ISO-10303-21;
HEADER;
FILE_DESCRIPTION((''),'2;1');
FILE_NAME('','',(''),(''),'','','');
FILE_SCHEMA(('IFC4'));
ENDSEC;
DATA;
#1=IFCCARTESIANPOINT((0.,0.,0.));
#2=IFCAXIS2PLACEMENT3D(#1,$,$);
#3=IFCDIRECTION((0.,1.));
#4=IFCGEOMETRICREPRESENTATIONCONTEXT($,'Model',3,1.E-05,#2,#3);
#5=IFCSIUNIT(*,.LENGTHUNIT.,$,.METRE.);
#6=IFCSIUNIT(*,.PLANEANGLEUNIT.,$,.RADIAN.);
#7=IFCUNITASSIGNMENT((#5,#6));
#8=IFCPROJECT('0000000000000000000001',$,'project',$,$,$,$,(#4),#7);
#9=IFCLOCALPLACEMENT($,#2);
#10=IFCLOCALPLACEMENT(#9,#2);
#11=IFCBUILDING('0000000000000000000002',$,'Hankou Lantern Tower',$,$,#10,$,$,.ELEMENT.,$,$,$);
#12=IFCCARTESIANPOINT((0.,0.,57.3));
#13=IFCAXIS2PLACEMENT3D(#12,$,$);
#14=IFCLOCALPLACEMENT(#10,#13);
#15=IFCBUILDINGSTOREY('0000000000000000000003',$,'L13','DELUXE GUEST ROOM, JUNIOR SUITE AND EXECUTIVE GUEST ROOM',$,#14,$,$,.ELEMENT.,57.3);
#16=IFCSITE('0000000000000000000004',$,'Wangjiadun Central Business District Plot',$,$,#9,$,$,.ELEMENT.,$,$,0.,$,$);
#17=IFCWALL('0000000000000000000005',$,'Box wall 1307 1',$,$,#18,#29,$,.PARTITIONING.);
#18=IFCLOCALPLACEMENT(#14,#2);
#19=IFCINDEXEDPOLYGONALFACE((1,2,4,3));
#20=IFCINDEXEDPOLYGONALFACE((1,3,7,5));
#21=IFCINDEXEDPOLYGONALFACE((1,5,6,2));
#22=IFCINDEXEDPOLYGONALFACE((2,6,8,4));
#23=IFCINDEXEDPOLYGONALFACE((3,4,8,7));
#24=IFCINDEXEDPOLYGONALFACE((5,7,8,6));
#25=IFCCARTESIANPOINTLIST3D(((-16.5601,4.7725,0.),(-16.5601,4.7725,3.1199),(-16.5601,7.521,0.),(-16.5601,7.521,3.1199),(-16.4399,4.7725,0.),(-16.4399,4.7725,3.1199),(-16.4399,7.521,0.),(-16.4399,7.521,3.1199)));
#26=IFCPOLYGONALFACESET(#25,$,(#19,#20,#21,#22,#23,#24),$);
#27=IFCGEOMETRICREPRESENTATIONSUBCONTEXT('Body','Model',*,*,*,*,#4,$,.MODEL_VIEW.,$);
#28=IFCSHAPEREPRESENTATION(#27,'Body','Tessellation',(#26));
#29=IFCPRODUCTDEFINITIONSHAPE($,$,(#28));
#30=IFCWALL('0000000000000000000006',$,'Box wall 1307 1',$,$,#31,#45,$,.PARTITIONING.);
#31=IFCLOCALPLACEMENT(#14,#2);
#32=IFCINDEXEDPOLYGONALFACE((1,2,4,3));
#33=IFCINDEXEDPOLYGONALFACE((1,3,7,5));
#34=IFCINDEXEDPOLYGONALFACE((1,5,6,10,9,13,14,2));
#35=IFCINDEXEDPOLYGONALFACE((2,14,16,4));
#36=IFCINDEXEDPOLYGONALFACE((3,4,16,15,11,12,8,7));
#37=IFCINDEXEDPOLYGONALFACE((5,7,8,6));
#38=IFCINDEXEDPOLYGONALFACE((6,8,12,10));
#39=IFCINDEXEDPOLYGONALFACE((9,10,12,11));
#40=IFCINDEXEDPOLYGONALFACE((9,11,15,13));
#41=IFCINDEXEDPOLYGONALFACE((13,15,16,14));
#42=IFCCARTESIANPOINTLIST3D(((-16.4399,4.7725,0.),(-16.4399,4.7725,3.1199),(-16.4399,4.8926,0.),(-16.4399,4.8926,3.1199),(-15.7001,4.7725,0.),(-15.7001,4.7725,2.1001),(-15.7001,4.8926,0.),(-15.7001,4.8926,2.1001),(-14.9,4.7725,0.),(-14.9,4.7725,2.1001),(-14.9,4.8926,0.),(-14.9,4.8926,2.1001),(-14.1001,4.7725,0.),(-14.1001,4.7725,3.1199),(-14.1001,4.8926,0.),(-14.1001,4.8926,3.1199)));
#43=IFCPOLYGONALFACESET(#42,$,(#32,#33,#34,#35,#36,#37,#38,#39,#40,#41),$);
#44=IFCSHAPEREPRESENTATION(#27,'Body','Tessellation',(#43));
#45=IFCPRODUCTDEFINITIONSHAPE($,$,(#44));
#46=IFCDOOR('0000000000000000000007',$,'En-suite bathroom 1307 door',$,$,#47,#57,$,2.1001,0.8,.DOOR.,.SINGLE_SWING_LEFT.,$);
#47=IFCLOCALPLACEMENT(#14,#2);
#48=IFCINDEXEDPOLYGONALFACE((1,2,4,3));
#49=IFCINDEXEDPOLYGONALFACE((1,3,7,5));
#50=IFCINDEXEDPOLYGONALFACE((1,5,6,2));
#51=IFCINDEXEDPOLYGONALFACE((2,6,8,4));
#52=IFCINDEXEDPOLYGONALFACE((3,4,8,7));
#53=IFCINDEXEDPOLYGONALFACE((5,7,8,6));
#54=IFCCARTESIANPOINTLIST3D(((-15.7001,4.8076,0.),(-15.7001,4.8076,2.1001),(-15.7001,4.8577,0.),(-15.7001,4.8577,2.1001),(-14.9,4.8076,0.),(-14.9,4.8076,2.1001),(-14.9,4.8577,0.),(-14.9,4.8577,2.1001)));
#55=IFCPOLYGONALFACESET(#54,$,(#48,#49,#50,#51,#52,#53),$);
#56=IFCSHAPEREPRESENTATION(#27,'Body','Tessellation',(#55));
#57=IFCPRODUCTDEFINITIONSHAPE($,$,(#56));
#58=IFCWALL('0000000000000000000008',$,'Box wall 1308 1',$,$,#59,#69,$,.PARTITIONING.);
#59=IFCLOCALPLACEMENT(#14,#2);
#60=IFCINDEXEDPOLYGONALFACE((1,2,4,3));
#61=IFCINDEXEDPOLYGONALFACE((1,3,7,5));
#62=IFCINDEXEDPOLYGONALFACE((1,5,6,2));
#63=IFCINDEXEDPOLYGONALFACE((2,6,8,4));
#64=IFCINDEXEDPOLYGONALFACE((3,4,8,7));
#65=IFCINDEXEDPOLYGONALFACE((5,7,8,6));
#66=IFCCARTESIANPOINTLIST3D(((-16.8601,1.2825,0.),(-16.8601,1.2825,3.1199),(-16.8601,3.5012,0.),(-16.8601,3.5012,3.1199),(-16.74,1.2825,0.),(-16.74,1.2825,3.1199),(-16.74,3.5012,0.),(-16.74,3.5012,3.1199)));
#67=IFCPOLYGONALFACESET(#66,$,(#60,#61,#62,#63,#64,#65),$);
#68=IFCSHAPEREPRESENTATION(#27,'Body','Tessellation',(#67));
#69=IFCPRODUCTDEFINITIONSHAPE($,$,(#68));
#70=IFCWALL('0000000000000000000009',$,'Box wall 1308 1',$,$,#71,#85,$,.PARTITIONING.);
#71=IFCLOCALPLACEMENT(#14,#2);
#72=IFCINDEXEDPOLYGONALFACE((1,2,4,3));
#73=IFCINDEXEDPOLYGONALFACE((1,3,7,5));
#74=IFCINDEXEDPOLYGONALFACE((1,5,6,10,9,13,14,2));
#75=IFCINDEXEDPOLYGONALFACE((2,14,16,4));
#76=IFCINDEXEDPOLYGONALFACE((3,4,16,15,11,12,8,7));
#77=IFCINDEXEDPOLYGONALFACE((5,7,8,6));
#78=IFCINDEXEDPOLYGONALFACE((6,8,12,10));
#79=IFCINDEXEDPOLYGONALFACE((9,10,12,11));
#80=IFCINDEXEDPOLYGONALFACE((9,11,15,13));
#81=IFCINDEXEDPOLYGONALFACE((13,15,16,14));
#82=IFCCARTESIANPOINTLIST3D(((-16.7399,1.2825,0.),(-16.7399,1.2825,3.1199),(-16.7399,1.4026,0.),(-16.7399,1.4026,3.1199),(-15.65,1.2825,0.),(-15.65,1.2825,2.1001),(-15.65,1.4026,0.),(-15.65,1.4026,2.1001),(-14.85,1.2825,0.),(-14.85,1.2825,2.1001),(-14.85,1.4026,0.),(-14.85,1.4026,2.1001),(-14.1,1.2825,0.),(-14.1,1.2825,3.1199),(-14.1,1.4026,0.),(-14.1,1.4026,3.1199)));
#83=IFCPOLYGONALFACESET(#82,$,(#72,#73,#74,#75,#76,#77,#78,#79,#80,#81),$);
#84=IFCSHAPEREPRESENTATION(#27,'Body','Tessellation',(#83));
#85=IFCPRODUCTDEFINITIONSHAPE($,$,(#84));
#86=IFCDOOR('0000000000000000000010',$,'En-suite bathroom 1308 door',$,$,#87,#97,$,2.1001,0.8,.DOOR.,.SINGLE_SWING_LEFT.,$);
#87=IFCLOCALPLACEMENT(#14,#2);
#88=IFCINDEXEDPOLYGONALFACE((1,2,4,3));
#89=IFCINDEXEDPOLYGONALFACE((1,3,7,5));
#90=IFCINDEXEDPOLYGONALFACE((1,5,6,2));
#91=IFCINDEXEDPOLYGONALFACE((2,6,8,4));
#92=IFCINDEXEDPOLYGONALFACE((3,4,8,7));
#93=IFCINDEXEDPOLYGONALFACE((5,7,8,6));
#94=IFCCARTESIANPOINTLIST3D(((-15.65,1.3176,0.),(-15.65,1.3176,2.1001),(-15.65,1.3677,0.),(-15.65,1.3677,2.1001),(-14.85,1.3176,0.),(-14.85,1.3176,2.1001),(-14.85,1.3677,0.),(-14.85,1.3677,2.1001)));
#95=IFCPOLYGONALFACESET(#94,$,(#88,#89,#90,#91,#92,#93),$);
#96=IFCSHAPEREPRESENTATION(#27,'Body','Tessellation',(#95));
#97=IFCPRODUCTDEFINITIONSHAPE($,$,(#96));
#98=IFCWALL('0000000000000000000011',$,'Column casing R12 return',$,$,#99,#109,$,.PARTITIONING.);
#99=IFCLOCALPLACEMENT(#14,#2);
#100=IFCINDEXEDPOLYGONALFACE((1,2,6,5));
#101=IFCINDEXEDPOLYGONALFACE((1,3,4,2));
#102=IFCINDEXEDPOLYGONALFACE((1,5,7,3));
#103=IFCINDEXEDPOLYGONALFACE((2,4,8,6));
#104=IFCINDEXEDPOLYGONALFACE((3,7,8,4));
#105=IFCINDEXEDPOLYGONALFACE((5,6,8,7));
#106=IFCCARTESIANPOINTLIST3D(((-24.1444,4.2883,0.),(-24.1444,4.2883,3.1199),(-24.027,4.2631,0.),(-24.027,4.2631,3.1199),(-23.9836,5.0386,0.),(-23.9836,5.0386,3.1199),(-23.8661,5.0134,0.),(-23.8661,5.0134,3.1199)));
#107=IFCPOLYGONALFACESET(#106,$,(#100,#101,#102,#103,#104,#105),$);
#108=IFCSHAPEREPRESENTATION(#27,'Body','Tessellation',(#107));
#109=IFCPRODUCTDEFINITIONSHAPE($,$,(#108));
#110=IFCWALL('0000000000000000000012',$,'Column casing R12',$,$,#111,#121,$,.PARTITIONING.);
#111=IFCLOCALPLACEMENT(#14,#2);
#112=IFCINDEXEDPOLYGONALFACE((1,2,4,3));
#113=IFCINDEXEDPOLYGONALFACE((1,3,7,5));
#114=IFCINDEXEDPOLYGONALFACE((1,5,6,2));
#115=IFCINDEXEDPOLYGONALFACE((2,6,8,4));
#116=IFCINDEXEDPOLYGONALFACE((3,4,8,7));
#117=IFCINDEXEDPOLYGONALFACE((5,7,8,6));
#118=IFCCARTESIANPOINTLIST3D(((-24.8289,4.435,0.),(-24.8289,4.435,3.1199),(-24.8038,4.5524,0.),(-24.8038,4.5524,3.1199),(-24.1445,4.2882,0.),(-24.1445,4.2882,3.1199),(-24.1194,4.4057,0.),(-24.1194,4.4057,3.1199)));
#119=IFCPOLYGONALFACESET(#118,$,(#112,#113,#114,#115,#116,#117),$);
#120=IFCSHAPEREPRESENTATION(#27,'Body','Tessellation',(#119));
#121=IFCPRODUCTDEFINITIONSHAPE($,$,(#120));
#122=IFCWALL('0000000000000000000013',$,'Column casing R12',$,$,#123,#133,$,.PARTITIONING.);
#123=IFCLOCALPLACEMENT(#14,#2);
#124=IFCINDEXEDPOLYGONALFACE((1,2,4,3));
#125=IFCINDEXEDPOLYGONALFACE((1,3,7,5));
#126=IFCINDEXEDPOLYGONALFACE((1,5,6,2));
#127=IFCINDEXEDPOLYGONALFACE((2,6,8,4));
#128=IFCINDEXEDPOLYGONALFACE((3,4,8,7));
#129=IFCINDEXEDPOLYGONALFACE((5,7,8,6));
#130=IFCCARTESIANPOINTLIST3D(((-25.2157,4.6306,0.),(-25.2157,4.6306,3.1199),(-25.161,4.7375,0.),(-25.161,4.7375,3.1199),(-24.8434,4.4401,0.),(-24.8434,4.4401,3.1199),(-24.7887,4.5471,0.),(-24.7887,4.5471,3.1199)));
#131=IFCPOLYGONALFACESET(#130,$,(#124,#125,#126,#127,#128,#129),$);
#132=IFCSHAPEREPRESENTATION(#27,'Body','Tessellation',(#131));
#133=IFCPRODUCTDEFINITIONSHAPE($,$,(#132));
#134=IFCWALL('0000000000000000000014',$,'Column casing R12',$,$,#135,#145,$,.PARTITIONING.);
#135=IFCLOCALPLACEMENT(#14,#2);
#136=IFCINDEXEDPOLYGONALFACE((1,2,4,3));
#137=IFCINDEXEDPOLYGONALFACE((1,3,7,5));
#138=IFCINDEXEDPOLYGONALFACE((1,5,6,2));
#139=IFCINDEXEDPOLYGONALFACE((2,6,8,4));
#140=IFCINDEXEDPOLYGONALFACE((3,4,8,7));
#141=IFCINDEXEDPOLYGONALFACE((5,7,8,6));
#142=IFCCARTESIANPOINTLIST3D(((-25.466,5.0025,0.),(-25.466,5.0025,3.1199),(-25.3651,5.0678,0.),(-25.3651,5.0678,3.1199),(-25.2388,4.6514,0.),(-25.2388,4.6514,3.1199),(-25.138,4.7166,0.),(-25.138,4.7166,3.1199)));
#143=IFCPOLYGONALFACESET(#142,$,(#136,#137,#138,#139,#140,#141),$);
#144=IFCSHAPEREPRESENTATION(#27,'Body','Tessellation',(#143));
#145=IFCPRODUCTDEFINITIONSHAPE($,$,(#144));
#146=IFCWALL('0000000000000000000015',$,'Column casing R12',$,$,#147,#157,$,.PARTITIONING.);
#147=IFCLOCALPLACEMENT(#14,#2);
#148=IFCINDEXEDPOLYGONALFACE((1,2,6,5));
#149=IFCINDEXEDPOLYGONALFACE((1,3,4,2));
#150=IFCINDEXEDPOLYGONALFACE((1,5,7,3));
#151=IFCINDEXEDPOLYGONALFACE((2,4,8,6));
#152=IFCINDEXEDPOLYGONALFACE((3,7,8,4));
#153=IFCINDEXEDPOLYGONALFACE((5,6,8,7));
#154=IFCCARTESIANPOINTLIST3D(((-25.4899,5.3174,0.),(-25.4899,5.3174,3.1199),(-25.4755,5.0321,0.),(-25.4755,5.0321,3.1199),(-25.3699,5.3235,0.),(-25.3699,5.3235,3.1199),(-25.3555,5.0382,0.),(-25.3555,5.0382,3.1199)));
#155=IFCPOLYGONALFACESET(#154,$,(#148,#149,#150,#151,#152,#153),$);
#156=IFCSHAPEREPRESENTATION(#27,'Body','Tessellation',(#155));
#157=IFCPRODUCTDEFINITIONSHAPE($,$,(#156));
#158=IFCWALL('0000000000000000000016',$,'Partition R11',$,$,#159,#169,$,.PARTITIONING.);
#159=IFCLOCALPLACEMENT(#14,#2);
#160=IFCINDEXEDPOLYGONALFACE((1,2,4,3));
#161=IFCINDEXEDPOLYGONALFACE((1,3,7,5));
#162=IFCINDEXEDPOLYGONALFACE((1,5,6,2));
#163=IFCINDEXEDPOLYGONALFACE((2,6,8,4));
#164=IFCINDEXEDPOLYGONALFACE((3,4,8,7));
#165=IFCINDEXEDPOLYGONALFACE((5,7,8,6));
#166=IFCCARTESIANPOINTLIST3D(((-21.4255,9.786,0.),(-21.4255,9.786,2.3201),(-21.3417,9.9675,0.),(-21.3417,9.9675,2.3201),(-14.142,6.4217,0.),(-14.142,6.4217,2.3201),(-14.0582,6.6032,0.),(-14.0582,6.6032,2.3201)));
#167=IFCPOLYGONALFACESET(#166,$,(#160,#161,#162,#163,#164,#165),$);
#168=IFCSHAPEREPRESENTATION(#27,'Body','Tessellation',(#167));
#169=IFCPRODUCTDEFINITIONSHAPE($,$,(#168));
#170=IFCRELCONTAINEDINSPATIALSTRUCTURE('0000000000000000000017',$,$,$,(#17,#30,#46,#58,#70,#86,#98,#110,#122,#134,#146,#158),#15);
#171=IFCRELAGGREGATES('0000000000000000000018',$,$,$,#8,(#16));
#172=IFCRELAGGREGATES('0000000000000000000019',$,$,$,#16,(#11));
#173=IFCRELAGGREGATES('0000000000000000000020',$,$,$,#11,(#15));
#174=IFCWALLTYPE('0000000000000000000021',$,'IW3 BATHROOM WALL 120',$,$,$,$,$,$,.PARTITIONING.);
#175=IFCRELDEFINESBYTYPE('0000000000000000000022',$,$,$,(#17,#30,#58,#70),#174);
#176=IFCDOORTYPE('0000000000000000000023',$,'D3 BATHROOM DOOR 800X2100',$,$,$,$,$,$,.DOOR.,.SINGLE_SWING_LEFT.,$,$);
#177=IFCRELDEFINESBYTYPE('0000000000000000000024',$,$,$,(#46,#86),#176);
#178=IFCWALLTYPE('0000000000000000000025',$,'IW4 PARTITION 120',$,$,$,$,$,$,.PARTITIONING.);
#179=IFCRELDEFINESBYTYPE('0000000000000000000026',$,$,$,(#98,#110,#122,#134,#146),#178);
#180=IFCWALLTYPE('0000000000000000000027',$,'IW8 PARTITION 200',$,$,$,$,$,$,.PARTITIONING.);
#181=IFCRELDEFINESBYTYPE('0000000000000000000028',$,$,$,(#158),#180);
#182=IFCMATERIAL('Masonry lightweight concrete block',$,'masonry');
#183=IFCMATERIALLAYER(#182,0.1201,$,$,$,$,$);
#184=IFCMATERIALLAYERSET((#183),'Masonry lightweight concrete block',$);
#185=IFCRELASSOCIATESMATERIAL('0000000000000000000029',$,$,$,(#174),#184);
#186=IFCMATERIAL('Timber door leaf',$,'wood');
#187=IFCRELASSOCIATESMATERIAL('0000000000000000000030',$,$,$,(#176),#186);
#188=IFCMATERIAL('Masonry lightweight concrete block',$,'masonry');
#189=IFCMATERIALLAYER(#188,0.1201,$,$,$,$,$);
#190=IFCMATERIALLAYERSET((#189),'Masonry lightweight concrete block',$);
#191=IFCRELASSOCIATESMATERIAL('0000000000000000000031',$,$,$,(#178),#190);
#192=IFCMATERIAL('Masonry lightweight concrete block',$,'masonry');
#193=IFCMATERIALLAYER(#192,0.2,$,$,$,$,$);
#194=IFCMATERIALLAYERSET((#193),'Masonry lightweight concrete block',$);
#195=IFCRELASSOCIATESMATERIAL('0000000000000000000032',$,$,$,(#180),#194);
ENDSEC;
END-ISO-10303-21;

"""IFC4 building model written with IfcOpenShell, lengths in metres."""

from ifc_helpers import new_model, si_unit, direction, frame, frame_2d, origin, place, context, subcontext, project, spatial, rectangle, extrude, material, layer, layer_set, type_object, element, fill, save


model = new_model("IFC4")

# Units and contexts
model_context = context("Model", 3, precision=1e-05, world=origin(), true_north=direction((0.0, 1.0)))
body_context = subcontext(model_context, "Body", "Model", "MODEL_VIEW")
ifc_project = project(units=[si_unit("LENGTHUNIT", "METRE"), si_unit("PLANEANGLEUNIT", "RADIAN")], contexts=[model_context])

# Site, building, storey
site_placement = place(None, origin())
site = spatial("IfcSite", under=ifc_project, at=site_placement, Name="Wangjiadun Central Business District Plot", CompositionType="ELEMENT", RefElevation=0.0)
building_placement = place(site_placement, origin())
building = spatial("IfcBuilding", under=site, at=building_placement, Name="Hankou Lantern Tower", CompositionType="ELEMENT")
storey_placement = place(building_placement, frame((0.0, 0.0, 57.3)))
storey = spatial("IfcBuildingStorey", under=building, at=storey_placement, Name="L13", Description="DELUXE GUEST ROOM, JUNIOR SUITE AND EXECUTIVE GUEST ROOM", CompositionType="ELEMENT", Elevation=57.3)

# Wall
ifc_material_1 = material(Name="Masonry lightweight concrete block", Category="masonry")
ifc_layer_1 = layer(ifc_material_1, 0.1201)
ifc_layer_set_1 = layer_set([ifc_layer_1], Name="Masonry lightweight concrete block")
wall_type_1 = type_object("IfcWallType", Name="IW3 BATHROOM WALL 120", PredefinedType="PARTITIONING", material=ifc_layer_set_1)
wall_1_placement = place(storey_placement, frame((-16.5, 7.521, 0.0), z_axis=(0.0, 0.0, 1.0), x_axis=(0.0, -1.0, 0.0)))
element("IfcWall", 1, at=wall_1_placement, inside=storey, type_object=wall_type_1, Name="Box wall 1307 1", PredefinedType="PARTITIONING", context=body_context, shape_type="SweptSolid", body=[
    extrude(rectangle(XDim=2.7485, YDim=0.1201, at=frame_2d((1.3743, 0.0))), origin(), (0.0, 0.0, 1.0), 3.1199),
])

# Wall, opening, door
wall_2_placement = place(storey_placement, frame((-14.1001, 4.8325, 0.0), z_axis=(0.0, 0.0, 1.0), x_axis=(-1.0, 0.0, 0.0)))
wall_2 = element("IfcWall", 2, at=wall_2_placement, inside=storey, type_object=wall_type_1, Name="Box wall 1307 1", PredefinedType="PARTITIONING", context=body_context, shape_type="SweptSolid", body=[
    extrude(rectangle(XDim=2.3398, YDim=0.1201, at=frame_2d((1.1699, 0.0))), origin(), (0.0, 0.0, 1.0), 3.1199),
])
opening_1_placement = place(wall_2_placement, frame((0.8, 0.0, 0.0)))
opening_1 = element("IfcOpeningElement", 3, at=opening_1_placement, cuts=wall_2, PredefinedType="OPENING", context=body_context, shape_type="SweptSolid", body=[
    extrude(rectangle(XDim=0.8, YDim=2.1001, at=frame_2d((0.3999, 1.05))), frame((0.0, 0.0701, 0.0), z_axis=(0.0, -1.0, 0.0), x_axis=(1.0, 0.0, 0.0)), (0.0, 0.0, 1.0), 0.1401),
])
ifc_material_2 = material(Name="Timber door leaf", Category="wood")
door_type_1 = type_object("IfcDoorType", Name="D3 BATHROOM DOOR 800X2100", OperationType="SINGLE_SWING_LEFT", PredefinedType="DOOR", material=ifc_material_2)
door_1_placement = place(opening_1_placement, origin())
door_1 = element("IfcDoor", 4, at=door_1_placement, inside=storey, type_object=door_type_1, Name="En-suite bathroom 1307 door", OperationType="SINGLE_SWING_LEFT", OverallHeight=2.1001, OverallWidth=0.8, PredefinedType="DOOR", context=body_context, shape_type="SweptSolid", body=[
    extrude(rectangle(XDim=0.8, YDim=2.1001, at=frame_2d((0.3999, 1.05))), frame((0.0, 0.0249, 0.0), z_axis=(0.0, -1.0, 0.0), x_axis=(1.0, 0.0, 0.0)), (0.0, 0.0, 1.0), 0.05),
])
fill(opening_1, door_1)

# Wall
wall_3_placement = place(storey_placement, frame((-16.8, 3.5012, 0.0), z_axis=(0.0, 0.0, 1.0), x_axis=(0.0, -1.0, 0.0)))
element("IfcWall", 5, at=wall_3_placement, inside=storey, type_object=wall_type_1, Name="Box wall 1308 1", PredefinedType="PARTITIONING", context=body_context, shape_type="SweptSolid", body=[
    extrude(rectangle(XDim=2.2188, YDim=0.1201, at=frame_2d((1.1094, 0.0))), origin(), (0.0, 0.0, 1.0), 3.1199),
])

# Wall, opening, door
wall_4_placement = place(storey_placement, frame((-14.1001, 1.3425, 0.0), z_axis=(0.0, 0.0, 1.0), x_axis=(-1.0, 0.0, 0.0)))
wall_4 = element("IfcWall", 6, at=wall_4_placement, inside=storey, type_object=wall_type_1, Name="Box wall 1308 1", PredefinedType="PARTITIONING", context=body_context, shape_type="SweptSolid", body=[
    extrude(rectangle(XDim=2.6399, YDim=0.1201, at=frame_2d((1.3198, 0.0))), origin(), (0.0, 0.0, 1.0), 3.1199),
])
opening_2_placement = place(wall_4_placement, frame((0.75, 0.0, 0.0)))
opening_2 = element("IfcOpeningElement", 7, at=opening_2_placement, cuts=wall_4, PredefinedType="OPENING", context=body_context, shape_type="SweptSolid", body=[
    extrude(rectangle(XDim=0.8, YDim=2.1001, at=frame_2d((0.3999, 1.05))), frame((0.0, 0.0701, 0.0), z_axis=(0.0, -1.0, 0.0), x_axis=(1.0, 0.0, 0.0)), (0.0, 0.0, 1.0), 0.1401),
])
door_2_placement = place(opening_2_placement, origin())
door_2 = element("IfcDoor", 8, at=door_2_placement, inside=storey, type_object=door_type_1, Name="En-suite bathroom 1308 door", OperationType="SINGLE_SWING_LEFT", OverallHeight=2.1001, OverallWidth=0.8, PredefinedType="DOOR", context=body_context, shape_type="SweptSolid", body=[
    extrude(rectangle(XDim=0.8, YDim=2.1001, at=frame_2d((0.3999, 1.05))), frame((0.0, 0.0249, 0.0), z_axis=(0.0, -1.0, 0.0), x_axis=(1.0, 0.0, 0.0)), (0.0, 0.0, 1.0), 0.05),
])
fill(opening_2, door_2)

# Walls
ifc_material_3 = material(Name="Masonry lightweight concrete block", Category="masonry")
ifc_layer_2 = layer(ifc_material_3, 0.1201)
ifc_layer_set_2 = layer_set([ifc_layer_2], Name="Masonry lightweight concrete block")
wall_type_2 = type_object("IfcWallType", Name="IW4 PARTITION 120", PredefinedType="PARTITIONING", material=ifc_layer_set_2)
wall_5_placement = place(storey_placement, frame((-23.9248, 5.0261, 0.0), z_axis=(0.0, 0.0, 1.0), x_axis=(-0.209681, -0.97777, 0.0)))
element("IfcWall", 9, at=wall_5_placement, inside=storey, type_object=wall_type_2, Name="Column casing R12 return", PredefinedType="PARTITIONING", context=body_context, shape_type="SweptSolid", body=[
    extrude(rectangle(XDim=0.7673, YDim=0.1201, at=frame_2d((0.3838, 0.0))), origin(), (0.0, 0.0, 1.0), 3.1199),
])
wall_6_placement = place(storey_placement, frame((-24.1318, 4.3469, 0.0), z_axis=(0.0, 0.0, 1.0), x_axis=(-0.977777, 0.209648, 0.0)))
element("IfcWall", 10, at=wall_6_placement, inside=storey, type_object=wall_type_2, Name="Column casing R12", PredefinedType="PARTITIONING", context=body_context, shape_type="SweptSolid", body=[
    extrude(rectangle(XDim=0.7, YDim=0.1201, at=frame_2d((0.3501, 0.0))), origin(), (0.0, 0.0, 1.0), 3.1199),
])
for number, where, z_axis, x_axis, name in (
    (11, (-24.8162, 4.4937, 0.0), (0.0, 0.0, 1.0), (-0.890303, 0.455368, 0.0), "Column casing R12"),
    (12, (-25.1885, 4.6841, 0.0), (0.0, 0.0, 1.0), (-0.543058, 0.839695, 0.0), "Column casing R12"),
):
    element("IfcWall", number, at=place(storey_placement, frame(where, z_axis=z_axis, x_axis=x_axis)), inside=storey, type_object=wall_type_2, Name=name, PredefinedType="PARTITIONING", context=body_context, shape_type="SweptSolid", body=[
        extrude(rectangle(XDim=0.4182, YDim=0.1201, at=frame_2d((0.209, 0.0))), origin(), (0.0, 0.0, 1.0), 3.1199),
    ])
wall_7_placement = place(storey_placement, frame((-25.4155, 5.0352, 0.0), z_axis=(0.0, 0.0, 1.0), x_axis=(-0.050406, 0.998729, 0.0)))
element("IfcWall", 13, at=wall_7_placement, inside=storey, type_object=wall_type_2, Name="Column casing R12", PredefinedType="PARTITIONING", context=body_context, shape_type="SweptSolid", body=[
    extrude(rectangle(XDim=0.2856, YDim=0.1201, at=frame_2d((0.1428, 0.0))), origin(), (0.0, 0.0, 1.0), 3.1199),
])
ifc_material_4 = material(Name="Masonry lightweight concrete block", Category="masonry")
ifc_layer_3 = layer(ifc_material_4, 0.2)
ifc_layer_set_3 = layer_set([ifc_layer_3], Name="Masonry lightweight concrete block")
wall_type_3 = type_object("IfcWallType", Name="IW8 PARTITION 200", PredefinedType="PARTITIONING", material=ifc_layer_set_3)
wall_8_placement = place(storey_placement, frame((-14.1001, 6.5125, 0.0), z_axis=(0.0, 0.0, 1.0), x_axis=(-0.907833, 0.419332, 0.0)))
element("IfcWall", 14, at=wall_8_placement, inside=storey, type_object=wall_type_3, Name="Partition R11", PredefinedType="PARTITIONING", context=body_context, shape_type="SweptSolid", body=[
    extrude(rectangle(XDim=8.0229, YDim=0.2, at=frame_2d((4.0115, 0.0))), origin(), (0.0, 0.0, 1.0), 2.3201),
])

save(model, "model.ifc")
